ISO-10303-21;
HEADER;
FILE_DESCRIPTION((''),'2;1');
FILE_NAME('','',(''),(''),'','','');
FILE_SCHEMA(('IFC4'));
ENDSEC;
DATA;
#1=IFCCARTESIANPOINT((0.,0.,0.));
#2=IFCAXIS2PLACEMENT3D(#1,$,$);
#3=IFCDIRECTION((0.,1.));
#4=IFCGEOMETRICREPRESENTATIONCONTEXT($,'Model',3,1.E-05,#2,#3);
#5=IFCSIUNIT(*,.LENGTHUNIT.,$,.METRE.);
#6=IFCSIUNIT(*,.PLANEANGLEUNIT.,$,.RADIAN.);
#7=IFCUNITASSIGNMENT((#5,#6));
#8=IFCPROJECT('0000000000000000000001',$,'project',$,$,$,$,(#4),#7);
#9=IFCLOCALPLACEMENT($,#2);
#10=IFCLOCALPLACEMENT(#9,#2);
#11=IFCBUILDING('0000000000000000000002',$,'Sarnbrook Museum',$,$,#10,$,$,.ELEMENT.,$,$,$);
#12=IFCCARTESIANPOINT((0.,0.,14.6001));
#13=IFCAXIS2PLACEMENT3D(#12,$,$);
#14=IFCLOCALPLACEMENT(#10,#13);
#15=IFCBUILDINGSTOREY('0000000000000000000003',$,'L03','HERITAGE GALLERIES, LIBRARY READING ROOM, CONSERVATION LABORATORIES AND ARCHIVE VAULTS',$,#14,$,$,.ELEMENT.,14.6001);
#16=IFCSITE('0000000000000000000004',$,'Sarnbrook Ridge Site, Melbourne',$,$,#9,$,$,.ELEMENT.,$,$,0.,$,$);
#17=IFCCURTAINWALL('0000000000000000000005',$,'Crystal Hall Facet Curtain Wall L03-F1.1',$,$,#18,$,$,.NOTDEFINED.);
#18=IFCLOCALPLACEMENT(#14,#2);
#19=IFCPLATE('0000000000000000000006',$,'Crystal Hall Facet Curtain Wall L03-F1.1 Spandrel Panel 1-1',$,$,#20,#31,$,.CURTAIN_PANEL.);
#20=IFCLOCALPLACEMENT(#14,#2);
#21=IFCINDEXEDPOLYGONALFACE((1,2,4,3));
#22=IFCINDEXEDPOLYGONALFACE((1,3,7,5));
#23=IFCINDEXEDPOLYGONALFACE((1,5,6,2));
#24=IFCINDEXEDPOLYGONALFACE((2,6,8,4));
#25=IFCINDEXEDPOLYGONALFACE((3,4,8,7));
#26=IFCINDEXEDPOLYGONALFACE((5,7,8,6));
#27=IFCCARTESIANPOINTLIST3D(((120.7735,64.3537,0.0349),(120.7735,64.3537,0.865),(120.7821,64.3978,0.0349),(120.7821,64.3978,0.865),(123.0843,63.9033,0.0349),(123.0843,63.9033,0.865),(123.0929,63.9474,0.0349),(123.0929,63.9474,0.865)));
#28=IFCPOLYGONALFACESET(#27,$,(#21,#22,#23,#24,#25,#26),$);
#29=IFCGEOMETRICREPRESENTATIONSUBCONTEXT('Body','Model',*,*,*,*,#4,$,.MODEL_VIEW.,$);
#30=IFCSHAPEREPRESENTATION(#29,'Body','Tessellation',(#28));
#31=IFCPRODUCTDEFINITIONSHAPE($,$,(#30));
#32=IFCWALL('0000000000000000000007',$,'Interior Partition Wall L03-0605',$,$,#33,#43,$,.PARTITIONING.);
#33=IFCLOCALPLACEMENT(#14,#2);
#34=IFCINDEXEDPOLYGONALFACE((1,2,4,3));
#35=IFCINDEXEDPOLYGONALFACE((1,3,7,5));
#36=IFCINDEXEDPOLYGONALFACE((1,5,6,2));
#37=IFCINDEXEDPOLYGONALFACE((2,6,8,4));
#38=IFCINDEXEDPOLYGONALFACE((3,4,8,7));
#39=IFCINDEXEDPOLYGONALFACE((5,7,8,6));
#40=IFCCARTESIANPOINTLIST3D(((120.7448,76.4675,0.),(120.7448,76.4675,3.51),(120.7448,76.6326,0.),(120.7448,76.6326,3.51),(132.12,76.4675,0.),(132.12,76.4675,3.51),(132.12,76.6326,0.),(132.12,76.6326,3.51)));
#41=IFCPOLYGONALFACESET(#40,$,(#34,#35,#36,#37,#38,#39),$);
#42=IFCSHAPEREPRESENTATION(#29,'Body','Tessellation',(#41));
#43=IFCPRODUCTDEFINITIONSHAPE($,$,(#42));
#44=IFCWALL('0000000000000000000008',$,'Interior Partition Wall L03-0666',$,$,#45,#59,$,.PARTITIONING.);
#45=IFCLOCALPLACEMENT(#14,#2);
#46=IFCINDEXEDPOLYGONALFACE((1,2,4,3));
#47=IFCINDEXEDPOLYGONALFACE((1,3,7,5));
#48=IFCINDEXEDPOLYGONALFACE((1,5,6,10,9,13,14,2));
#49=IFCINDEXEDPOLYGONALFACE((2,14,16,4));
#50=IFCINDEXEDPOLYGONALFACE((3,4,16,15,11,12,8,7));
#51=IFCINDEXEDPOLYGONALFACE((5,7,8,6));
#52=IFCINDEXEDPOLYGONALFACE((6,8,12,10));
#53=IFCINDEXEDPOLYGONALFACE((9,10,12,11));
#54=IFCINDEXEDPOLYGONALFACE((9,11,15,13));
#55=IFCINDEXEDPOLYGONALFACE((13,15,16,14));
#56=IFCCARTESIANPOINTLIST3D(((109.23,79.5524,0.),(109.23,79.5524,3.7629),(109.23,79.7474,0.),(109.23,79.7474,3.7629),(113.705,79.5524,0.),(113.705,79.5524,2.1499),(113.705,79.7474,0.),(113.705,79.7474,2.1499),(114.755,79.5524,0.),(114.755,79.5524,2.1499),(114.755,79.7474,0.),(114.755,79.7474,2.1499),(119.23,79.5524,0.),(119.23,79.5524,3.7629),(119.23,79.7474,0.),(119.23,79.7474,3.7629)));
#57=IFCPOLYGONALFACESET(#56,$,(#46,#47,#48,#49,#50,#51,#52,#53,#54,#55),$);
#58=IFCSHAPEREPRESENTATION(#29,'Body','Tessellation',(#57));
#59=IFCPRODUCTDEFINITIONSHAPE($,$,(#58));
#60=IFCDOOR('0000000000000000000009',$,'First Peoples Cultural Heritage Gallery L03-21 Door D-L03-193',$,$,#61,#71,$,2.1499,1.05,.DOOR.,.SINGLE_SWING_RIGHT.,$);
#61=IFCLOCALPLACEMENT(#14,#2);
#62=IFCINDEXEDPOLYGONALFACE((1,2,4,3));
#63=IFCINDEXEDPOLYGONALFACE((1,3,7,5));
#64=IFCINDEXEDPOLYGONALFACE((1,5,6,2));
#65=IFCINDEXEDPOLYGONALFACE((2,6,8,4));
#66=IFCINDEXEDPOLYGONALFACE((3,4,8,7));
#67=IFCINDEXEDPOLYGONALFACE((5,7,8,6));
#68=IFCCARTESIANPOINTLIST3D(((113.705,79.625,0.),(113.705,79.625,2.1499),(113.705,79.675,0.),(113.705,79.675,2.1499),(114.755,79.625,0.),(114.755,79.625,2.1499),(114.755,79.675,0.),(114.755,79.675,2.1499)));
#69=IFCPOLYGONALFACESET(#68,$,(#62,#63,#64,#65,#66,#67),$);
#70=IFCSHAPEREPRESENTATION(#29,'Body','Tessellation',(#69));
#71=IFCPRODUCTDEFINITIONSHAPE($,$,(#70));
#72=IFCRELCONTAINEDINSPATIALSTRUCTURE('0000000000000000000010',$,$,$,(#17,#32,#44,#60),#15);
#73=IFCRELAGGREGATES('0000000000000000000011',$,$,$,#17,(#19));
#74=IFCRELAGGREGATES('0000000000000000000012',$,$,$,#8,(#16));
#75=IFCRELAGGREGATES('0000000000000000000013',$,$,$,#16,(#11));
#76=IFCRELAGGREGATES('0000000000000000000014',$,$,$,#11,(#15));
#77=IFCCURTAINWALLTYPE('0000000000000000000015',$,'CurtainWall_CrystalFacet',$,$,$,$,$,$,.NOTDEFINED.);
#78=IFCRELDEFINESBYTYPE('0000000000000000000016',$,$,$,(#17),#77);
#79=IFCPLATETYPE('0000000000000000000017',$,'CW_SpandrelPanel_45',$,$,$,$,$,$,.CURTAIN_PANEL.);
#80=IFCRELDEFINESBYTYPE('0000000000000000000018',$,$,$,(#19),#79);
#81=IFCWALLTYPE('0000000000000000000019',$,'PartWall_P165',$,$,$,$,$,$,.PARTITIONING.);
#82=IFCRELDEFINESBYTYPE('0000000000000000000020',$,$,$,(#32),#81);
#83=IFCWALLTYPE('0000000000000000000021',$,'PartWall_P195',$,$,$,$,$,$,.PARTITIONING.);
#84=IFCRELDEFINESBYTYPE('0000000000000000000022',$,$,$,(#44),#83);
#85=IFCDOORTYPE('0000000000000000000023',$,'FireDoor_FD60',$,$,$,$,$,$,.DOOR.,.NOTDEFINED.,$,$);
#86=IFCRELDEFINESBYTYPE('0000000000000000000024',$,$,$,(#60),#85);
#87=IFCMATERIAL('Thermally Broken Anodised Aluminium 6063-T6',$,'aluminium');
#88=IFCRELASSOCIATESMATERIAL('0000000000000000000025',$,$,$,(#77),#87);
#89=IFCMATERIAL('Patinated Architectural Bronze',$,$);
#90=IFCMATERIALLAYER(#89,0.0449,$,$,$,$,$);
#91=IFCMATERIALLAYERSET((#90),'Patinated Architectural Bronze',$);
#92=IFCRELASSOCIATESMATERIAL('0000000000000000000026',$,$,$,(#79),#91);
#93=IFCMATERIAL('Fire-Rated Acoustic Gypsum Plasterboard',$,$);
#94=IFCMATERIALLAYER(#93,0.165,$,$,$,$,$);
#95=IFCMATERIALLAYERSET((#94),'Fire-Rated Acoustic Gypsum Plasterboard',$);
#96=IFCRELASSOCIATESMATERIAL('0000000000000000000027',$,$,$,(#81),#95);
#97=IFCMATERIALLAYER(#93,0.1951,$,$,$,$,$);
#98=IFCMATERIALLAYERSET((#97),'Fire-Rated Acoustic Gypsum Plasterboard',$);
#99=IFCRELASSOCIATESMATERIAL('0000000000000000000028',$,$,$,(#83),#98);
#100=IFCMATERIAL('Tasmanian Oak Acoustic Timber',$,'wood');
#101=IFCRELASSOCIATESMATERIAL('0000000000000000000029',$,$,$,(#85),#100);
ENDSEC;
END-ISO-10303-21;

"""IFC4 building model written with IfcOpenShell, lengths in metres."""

from ifc_helpers import new_model, si_unit, direction, frame, frame_2d, origin, origin_2d, place, context, subcontext, project, spatial, rectangle, extrude, material, layer, layer_set, type_object, element, fill, aggregate, save


model = new_model("IFC4")

# Units and contexts
model_context = context("Model", 3, precision=1e-05, world=origin(), true_north=direction((0.0, 1.0)))
body_context = subcontext(model_context, "Body", "Model", "MODEL_VIEW")
ifc_project = project(units=[si_unit("LENGTHUNIT", "METRE"), si_unit("PLANEANGLEUNIT", "RADIAN")], contexts=[model_context])

# Site, building, storey
site_placement = place(None, origin())
site = spatial("IfcSite", under=ifc_project, at=site_placement, Name="Sarnbrook Ridge Site, Melbourne", CompositionType="ELEMENT", RefElevation=0.0)
building_placement = place(site_placement, origin())
building = spatial("IfcBuilding", under=site, at=building_placement, Name="Sarnbrook Museum", CompositionType="ELEMENT")
storey_placement = place(building_placement, frame((0.0, 0.0, 14.6001)))
storey = spatial("IfcBuildingStorey", under=building, at=storey_placement, Name="L03", Description="HERITAGE GALLERIES, LIBRARY READING ROOM, CONSERVATION LABORATORIES AND ARCHIVE VAULTS", CompositionType="ELEMENT", Elevation=14.6001)

# Curtain wall
ifc_material_1 = material(Name="Thermally Broken Anodised Aluminium 6063-T6", Category="aluminium")
curtain_wall_type = type_object("IfcCurtainWallType", Name="CurtainWall_CrystalFacet", PredefinedType="NOTDEFINED", material=ifc_material_1)
curtain_wall_placement = place(storey_placement, origin())
curtain_wall = element("IfcCurtainWall", 1, at=curtain_wall_placement, inside=storey, type_object=curtain_wall_type, Name="Crystal Hall Facet Curtain Wall L03-F1.1", PredefinedType="NOTDEFINED")

# Plate
ifc_material_2 = material(Name="Patinated Architectural Bronze")
ifc_layer_1 = layer(ifc_material_2, 0.0449)
ifc_layer_set_1 = layer_set([ifc_layer_1], Name="Patinated Architectural Bronze")
plate_type_1 = type_object("IfcPlateType", Name="CW_SpandrelPanel_45", PredefinedType="CURTAIN_PANEL", material=ifc_layer_set_1)
plate_1_placement = place(storey_placement, frame((121.9375, 64.1726, 0.45), z_axis=(-0.191314, -0.981529, 0.0), x_axis=(0.981529, -0.191314, 0.0)))
plate_1 = element("IfcPlate", 2, at=plate_1_placement, type_object=plate_type_1, Name="Crystal Hall Facet Curtain Wall L03-F1.1 Spandrel Panel 1-1", PredefinedType="CURTAIN_PANEL", context=body_context, shape_type="SweptSolid", body=[
    extrude(rectangle(XDim=2.3542, YDim=0.8301, at=origin_2d()), origin(), (0.0, 0.0, 1.0), 0.0449),
])
aggregate(curtain_wall, [plate_1])

# Wall
ifc_material_3 = material(Name="Fire-Rated Acoustic Gypsum Plasterboard")
ifc_layer_2 = layer(ifc_material_3, 0.165)
ifc_layer_set_2 = layer_set([ifc_layer_2], Name="Fire-Rated Acoustic Gypsum Plasterboard")
wall_type_1 = type_object("IfcWallType", Name="PartWall_P165", PredefinedType="PARTITIONING", material=ifc_layer_set_2)
wall_1_placement = place(storey_placement, frame((120.7449, 76.55, 0.0), z_axis=(0.0, 0.0, 1.0), x_axis=(1.0, 0.0, 0.0)))
element("IfcWall", 3, at=wall_1_placement, inside=storey, type_object=wall_type_1, Name="Interior Partition Wall L03-0605", PredefinedType="PARTITIONING", context=body_context, shape_type="SweptSolid", body=[
    extrude(rectangle(XDim=11.3752, YDim=0.165, at=frame_2d((5.6875, 0.0))), origin(), (0.0, 0.0, 1.0), 3.51),
])

# Wall, opening, door
ifc_layer_3 = layer(ifc_material_3, 0.1951)
ifc_layer_set_3 = layer_set([ifc_layer_3], Name="Fire-Rated Acoustic Gypsum Plasterboard")
wall_type_2 = type_object("IfcWallType", Name="PartWall_P195", PredefinedType="PARTITIONING", material=ifc_layer_set_3)
wall_2_placement = place(storey_placement, frame((119.23, 79.6499, 0.0), z_axis=(0.0, 0.0, 1.0), x_axis=(-1.0, 0.0, 0.0)))
wall_2 = element("IfcWall", 4, at=wall_2_placement, inside=storey, type_object=wall_type_2, Name="Interior Partition Wall L03-0666", PredefinedType="PARTITIONING", context=body_context, shape_type="SweptSolid", body=[
    extrude(rectangle(XDim=10.0, YDim=0.1951, at=frame_2d((5.0, 0.0))), origin(), (0.0, 0.0, 1.0), 3.7629),
])
opening_placement = place(wall_2_placement, frame((4.4751, 0.0, 0.0)))
opening = element("IfcOpeningElement", 5, at=opening_placement, cuts=wall_2, PredefinedType="OPENING", context=body_context, shape_type="SweptSolid", body=[
    extrude(rectangle(XDim=1.05, YDim=2.1499, at=frame_2d((0.5249, 1.075))), frame((0.0, 0.1074, 0.0), z_axis=(0.0, -1.0, 0.0), x_axis=(1.0, 0.0, 0.0)), (0.0, 0.0, 1.0), 0.2151),
])
ifc_material_4 = material(Name="Tasmanian Oak Acoustic Timber", Category="wood")
door_type = type_object("IfcDoorType", Name="FireDoor_FD60", OperationType="NOTDEFINED", PredefinedType="DOOR", material=ifc_material_4)
door_placement = place(opening_placement, origin())
door = element("IfcDoor", 6, at=door_placement, inside=storey, type_object=door_type, Name="First Peoples Cultural Heritage Gallery L03-21 Door D-L03-193", OperationType="SINGLE_SWING_RIGHT", OverallHeight=2.1499, OverallWidth=1.05, PredefinedType="DOOR", context=body_context, shape_type="SweptSolid", body=[
    extrude(rectangle(XDim=1.05, YDim=2.1499, at=frame_2d((0.5249, 1.075))), frame((0.0, 0.0249, 0.0), z_axis=(0.0, -1.0, 0.0), x_axis=(1.0, 0.0, 0.0)), (0.0, 0.0, 1.0), 0.05),
])
fill(opening, door)

save(model, "model.ifc")
